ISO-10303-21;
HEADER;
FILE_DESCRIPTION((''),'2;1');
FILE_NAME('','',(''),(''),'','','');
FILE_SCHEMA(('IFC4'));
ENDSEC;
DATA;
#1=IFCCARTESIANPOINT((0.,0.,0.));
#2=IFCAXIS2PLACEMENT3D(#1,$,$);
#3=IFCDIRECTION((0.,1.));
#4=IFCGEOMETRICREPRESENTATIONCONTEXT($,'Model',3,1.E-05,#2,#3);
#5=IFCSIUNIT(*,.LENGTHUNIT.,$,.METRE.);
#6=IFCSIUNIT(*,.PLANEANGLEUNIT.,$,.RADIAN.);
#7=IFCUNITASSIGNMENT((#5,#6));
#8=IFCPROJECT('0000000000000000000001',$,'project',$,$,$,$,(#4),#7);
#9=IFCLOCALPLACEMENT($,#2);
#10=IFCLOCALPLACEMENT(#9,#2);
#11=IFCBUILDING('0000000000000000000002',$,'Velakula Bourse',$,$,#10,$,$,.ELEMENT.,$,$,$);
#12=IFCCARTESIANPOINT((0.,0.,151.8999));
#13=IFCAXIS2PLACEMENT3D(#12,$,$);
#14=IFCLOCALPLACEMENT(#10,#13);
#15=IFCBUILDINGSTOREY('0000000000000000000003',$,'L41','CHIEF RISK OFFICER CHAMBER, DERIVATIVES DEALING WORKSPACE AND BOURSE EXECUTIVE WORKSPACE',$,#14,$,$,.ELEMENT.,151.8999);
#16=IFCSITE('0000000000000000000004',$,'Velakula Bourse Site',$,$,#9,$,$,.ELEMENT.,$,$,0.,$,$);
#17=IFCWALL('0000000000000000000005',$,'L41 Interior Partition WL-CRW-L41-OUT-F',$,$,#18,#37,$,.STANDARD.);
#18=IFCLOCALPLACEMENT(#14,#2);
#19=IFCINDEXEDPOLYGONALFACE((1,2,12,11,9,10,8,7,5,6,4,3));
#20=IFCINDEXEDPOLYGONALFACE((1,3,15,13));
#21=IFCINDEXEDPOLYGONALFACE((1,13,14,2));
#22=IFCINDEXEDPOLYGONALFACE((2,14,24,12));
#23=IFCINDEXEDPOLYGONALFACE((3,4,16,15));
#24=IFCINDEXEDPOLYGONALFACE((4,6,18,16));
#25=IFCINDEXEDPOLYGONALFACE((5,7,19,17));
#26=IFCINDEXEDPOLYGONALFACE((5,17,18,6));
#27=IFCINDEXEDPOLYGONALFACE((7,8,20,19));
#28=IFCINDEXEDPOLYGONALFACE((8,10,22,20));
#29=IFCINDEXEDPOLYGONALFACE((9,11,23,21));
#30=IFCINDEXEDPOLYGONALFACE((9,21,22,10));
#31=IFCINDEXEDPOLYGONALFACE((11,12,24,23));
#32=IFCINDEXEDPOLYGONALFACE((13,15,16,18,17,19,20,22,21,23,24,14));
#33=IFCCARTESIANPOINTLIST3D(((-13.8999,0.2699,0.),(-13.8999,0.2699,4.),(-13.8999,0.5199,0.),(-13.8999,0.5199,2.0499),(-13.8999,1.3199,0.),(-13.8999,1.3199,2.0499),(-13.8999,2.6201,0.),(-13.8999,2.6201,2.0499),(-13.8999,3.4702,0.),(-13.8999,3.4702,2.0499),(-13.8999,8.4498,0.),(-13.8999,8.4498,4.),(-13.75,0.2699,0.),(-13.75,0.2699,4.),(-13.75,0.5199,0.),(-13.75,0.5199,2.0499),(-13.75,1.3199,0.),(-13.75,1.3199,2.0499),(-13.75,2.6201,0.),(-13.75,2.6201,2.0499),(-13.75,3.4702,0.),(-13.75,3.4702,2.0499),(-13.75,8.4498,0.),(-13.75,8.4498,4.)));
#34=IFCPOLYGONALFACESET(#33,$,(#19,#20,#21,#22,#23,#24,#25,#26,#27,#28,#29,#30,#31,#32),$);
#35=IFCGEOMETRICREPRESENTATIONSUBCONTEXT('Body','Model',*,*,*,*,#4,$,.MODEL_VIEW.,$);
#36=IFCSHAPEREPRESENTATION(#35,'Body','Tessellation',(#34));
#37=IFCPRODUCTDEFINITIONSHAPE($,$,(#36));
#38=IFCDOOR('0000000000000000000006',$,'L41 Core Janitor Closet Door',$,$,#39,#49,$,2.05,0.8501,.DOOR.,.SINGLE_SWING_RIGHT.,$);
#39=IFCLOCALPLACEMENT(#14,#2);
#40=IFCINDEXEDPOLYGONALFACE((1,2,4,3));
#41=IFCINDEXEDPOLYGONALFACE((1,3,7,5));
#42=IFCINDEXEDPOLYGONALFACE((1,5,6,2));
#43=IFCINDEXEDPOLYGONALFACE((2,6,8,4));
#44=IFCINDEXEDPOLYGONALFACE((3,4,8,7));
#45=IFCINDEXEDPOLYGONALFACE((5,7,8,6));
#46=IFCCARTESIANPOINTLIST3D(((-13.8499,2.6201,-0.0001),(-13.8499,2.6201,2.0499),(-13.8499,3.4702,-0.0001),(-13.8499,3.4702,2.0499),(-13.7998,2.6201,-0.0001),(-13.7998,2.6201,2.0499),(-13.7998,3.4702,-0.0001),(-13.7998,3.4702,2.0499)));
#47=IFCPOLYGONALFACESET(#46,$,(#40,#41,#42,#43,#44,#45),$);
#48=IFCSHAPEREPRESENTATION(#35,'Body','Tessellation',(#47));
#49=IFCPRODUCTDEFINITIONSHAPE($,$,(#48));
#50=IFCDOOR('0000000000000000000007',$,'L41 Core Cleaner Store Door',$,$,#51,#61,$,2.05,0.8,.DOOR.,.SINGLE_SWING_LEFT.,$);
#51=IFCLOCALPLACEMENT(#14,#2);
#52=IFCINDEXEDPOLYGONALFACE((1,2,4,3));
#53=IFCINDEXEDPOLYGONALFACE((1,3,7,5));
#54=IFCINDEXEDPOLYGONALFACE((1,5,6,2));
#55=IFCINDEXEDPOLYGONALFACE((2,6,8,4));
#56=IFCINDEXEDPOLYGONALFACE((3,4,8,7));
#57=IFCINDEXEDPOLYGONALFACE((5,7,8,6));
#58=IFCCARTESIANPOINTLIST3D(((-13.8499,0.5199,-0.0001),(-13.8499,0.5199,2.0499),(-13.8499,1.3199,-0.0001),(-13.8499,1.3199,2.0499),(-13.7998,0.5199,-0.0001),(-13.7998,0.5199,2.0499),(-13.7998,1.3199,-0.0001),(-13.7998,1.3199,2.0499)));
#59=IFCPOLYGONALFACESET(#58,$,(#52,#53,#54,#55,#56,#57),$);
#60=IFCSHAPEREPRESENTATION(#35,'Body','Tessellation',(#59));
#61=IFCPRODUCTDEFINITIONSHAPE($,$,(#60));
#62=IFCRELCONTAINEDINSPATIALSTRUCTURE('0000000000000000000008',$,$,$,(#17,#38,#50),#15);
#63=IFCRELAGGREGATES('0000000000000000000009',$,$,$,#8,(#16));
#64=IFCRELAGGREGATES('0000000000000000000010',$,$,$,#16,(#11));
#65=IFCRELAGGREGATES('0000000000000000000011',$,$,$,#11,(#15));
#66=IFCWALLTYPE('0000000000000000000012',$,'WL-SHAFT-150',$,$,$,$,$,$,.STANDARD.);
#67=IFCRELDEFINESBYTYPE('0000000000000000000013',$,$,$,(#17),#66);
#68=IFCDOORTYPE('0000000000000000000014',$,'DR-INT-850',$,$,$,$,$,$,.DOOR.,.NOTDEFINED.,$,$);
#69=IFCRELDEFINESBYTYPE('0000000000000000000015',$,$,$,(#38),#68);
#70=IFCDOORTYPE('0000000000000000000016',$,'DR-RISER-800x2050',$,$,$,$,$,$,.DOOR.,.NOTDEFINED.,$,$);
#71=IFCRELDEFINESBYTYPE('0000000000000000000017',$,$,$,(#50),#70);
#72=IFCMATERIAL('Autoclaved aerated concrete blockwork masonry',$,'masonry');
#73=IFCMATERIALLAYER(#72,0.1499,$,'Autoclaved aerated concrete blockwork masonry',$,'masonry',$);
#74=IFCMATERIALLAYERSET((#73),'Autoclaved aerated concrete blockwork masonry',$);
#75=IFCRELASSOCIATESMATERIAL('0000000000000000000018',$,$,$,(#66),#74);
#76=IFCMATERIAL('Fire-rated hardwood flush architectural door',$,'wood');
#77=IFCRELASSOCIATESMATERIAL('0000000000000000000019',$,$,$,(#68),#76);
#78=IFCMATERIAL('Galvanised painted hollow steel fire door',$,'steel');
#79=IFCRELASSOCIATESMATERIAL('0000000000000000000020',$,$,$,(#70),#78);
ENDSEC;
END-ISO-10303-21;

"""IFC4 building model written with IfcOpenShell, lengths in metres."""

from ifc_helpers import new_model, si_unit, direction, frame, frame_2d, origin, place, context, subcontext, project, spatial, rectangle, extrude, material, layer, layer_set, type_object, element, fill, save


model = new_model("IFC4")

# Units and contexts
model_context = context("Model", 3, precision=1e-05, world=origin(), true_north=direction((0.0, 1.0)))
body_context = subcontext(model_context, "Body", "Model", "MODEL_VIEW")
ifc_project = project(units=[si_unit("LENGTHUNIT", "METRE"), si_unit("PLANEANGLEUNIT", "RADIAN")], contexts=[model_context])

# Site, building, storey
site_placement = place(None, origin())
site = spatial("IfcSite", under=ifc_project, at=site_placement, Name="Velakula Bourse Site", CompositionType="ELEMENT", RefElevation=0.0)
building_placement = place(site_placement, origin())
building = spatial("IfcBuilding", under=site, at=building_placement, Name="Velakula Bourse", CompositionType="ELEMENT")
storey_placement = place(building_placement, frame((0.0, 0.0, 151.8999)))
storey = spatial("IfcBuildingStorey", under=building, at=storey_placement, Name="L41", Description="CHIEF RISK OFFICER CHAMBER, DERIVATIVES DEALING WORKSPACE AND BOURSE EXECUTIVE WORKSPACE", CompositionType="ELEMENT", Elevation=151.8999)

# Shared definitions
ifc_material_1 = material(Name="Fire-rated hardwood flush architectural door", Category="wood")

# Shared definitions
ifc_material_2 = material(Name="Autoclaved aerated concrete blockwork masonry", Category="masonry")
ifc_layer_1 = layer(ifc_material_2, 0.1499, Name="Autoclaved aerated concrete blockwork masonry", Category="masonry")
ifc_layer_set_1 = layer_set([ifc_layer_1], Name="Autoclaved aerated concrete blockwork masonry")
wall_type_1 = type_object("IfcWallType", Name="WL-SHAFT-150", PredefinedType="STANDARD", material=ifc_layer_set_1)

# Wall, openings, doors
wall_1_placement = place(storey_placement, frame((-13.825, 0.27, 0.0), z_axis=(0.0, 0.0, 1.0), x_axis=(0.0, 1.0, 0.0)))
wall_1 = element("IfcWall", 1, at=wall_1_placement, inside=storey, type_object=wall_type_1, Name="L41 Interior Partition WL-CRW-L41-OUT-F", PredefinedType="STANDARD", context=body_context, shape_type="SweptSolid", body=[
    extrude(rectangle(XDim=8.1799, YDim=0.1499, at=frame_2d((4.0898, 0.0))), origin(), (0.0, 0.0, 1.0), 4.0),
])
opening_1_placement = place(wall_1_placement, frame((0.25, 0.0, 0.0)))
opening_1 = element("IfcOpeningElement", 2, at=opening_1_placement, cuts=wall_1, PredefinedType="OPENING", context=body_context, shape_type="SweptSolid", body=[
    extrude(rectangle(XDim=0.8, YDim=2.05, at=frame_2d((0.3999, 1.0249))), frame((0.0, 0.085, 0.0), z_axis=(0.0, -1.0, 0.0), x_axis=(1.0, 0.0, 0.0)), (0.0, 0.0, 1.0), 0.1699),
])
opening_2_placement = place(wall_1_placement, frame((2.3501, 0.0, 0.0)))
opening_2 = element("IfcOpeningElement", 3, at=opening_2_placement, cuts=wall_1, PredefinedType="OPENING", context=body_context, shape_type="SweptSolid", body=[
    extrude(rectangle(XDim=0.8501, YDim=2.05, at=frame_2d((0.425, 1.0249))), frame((0.0, 0.085, 0.0), z_axis=(0.0, -1.0, 0.0), x_axis=(1.0, 0.0, 0.0)), (0.0, 0.0, 1.0), 0.1699),
])
door_type_1 = type_object("IfcDoorType", Name="DR-INT-850", OperationType="NOTDEFINED", PredefinedType="DOOR", material=ifc_material_1)
door_1_placement = place(opening_2_placement, origin())
door_1 = element("IfcDoor", 4, at=door_1_placement, inside=storey, type_object=door_type_1, Name="L41 Core Janitor Closet Door", OperationType="SINGLE_SWING_RIGHT", OverallHeight=2.05, OverallWidth=0.8501, PredefinedType="DOOR", context=body_context, shape_type="SweptSolid", body=[
    extrude(rectangle(XDim=0.8501, YDim=2.05, at=frame_2d((0.425, 1.0249))), frame((0.0, 0.0249, 0.0), z_axis=(0.0, -1.0, 0.0), x_axis=(1.0, 0.0, 0.0)), (0.0, 0.0, 1.0), 0.05),
])
fill(opening_2, door_1)
ifc_material_3 = material(Name="Galvanised painted hollow steel fire door", Category="steel")
door_type_2 = type_object("IfcDoorType", Name="DR-RISER-800x2050", OperationType="NOTDEFINED", PredefinedType="DOOR", material=ifc_material_3)
door_2_placement = place(opening_1_placement, origin())
door_2 = element("IfcDoor", 5, at=door_2_placement, inside=storey, type_object=door_type_2, Name="L41 Core Cleaner Store Door", OperationType="SINGLE_SWING_LEFT", OverallHeight=2.05, OverallWidth=0.8, PredefinedType="DOOR", context=body_context, shape_type="SweptSolid", body=[
    extrude(rectangle(XDim=0.8, YDim=2.05, at=frame_2d((0.3999, 1.0249))), frame((0.0, 0.0249, 0.0), z_axis=(0.0, -1.0, 0.0), x_axis=(1.0, 0.0, 0.0)), (0.0, 0.0, 1.0), 0.05),
])
fill(opening_1, door_2)

save(model, "model.ifc")
